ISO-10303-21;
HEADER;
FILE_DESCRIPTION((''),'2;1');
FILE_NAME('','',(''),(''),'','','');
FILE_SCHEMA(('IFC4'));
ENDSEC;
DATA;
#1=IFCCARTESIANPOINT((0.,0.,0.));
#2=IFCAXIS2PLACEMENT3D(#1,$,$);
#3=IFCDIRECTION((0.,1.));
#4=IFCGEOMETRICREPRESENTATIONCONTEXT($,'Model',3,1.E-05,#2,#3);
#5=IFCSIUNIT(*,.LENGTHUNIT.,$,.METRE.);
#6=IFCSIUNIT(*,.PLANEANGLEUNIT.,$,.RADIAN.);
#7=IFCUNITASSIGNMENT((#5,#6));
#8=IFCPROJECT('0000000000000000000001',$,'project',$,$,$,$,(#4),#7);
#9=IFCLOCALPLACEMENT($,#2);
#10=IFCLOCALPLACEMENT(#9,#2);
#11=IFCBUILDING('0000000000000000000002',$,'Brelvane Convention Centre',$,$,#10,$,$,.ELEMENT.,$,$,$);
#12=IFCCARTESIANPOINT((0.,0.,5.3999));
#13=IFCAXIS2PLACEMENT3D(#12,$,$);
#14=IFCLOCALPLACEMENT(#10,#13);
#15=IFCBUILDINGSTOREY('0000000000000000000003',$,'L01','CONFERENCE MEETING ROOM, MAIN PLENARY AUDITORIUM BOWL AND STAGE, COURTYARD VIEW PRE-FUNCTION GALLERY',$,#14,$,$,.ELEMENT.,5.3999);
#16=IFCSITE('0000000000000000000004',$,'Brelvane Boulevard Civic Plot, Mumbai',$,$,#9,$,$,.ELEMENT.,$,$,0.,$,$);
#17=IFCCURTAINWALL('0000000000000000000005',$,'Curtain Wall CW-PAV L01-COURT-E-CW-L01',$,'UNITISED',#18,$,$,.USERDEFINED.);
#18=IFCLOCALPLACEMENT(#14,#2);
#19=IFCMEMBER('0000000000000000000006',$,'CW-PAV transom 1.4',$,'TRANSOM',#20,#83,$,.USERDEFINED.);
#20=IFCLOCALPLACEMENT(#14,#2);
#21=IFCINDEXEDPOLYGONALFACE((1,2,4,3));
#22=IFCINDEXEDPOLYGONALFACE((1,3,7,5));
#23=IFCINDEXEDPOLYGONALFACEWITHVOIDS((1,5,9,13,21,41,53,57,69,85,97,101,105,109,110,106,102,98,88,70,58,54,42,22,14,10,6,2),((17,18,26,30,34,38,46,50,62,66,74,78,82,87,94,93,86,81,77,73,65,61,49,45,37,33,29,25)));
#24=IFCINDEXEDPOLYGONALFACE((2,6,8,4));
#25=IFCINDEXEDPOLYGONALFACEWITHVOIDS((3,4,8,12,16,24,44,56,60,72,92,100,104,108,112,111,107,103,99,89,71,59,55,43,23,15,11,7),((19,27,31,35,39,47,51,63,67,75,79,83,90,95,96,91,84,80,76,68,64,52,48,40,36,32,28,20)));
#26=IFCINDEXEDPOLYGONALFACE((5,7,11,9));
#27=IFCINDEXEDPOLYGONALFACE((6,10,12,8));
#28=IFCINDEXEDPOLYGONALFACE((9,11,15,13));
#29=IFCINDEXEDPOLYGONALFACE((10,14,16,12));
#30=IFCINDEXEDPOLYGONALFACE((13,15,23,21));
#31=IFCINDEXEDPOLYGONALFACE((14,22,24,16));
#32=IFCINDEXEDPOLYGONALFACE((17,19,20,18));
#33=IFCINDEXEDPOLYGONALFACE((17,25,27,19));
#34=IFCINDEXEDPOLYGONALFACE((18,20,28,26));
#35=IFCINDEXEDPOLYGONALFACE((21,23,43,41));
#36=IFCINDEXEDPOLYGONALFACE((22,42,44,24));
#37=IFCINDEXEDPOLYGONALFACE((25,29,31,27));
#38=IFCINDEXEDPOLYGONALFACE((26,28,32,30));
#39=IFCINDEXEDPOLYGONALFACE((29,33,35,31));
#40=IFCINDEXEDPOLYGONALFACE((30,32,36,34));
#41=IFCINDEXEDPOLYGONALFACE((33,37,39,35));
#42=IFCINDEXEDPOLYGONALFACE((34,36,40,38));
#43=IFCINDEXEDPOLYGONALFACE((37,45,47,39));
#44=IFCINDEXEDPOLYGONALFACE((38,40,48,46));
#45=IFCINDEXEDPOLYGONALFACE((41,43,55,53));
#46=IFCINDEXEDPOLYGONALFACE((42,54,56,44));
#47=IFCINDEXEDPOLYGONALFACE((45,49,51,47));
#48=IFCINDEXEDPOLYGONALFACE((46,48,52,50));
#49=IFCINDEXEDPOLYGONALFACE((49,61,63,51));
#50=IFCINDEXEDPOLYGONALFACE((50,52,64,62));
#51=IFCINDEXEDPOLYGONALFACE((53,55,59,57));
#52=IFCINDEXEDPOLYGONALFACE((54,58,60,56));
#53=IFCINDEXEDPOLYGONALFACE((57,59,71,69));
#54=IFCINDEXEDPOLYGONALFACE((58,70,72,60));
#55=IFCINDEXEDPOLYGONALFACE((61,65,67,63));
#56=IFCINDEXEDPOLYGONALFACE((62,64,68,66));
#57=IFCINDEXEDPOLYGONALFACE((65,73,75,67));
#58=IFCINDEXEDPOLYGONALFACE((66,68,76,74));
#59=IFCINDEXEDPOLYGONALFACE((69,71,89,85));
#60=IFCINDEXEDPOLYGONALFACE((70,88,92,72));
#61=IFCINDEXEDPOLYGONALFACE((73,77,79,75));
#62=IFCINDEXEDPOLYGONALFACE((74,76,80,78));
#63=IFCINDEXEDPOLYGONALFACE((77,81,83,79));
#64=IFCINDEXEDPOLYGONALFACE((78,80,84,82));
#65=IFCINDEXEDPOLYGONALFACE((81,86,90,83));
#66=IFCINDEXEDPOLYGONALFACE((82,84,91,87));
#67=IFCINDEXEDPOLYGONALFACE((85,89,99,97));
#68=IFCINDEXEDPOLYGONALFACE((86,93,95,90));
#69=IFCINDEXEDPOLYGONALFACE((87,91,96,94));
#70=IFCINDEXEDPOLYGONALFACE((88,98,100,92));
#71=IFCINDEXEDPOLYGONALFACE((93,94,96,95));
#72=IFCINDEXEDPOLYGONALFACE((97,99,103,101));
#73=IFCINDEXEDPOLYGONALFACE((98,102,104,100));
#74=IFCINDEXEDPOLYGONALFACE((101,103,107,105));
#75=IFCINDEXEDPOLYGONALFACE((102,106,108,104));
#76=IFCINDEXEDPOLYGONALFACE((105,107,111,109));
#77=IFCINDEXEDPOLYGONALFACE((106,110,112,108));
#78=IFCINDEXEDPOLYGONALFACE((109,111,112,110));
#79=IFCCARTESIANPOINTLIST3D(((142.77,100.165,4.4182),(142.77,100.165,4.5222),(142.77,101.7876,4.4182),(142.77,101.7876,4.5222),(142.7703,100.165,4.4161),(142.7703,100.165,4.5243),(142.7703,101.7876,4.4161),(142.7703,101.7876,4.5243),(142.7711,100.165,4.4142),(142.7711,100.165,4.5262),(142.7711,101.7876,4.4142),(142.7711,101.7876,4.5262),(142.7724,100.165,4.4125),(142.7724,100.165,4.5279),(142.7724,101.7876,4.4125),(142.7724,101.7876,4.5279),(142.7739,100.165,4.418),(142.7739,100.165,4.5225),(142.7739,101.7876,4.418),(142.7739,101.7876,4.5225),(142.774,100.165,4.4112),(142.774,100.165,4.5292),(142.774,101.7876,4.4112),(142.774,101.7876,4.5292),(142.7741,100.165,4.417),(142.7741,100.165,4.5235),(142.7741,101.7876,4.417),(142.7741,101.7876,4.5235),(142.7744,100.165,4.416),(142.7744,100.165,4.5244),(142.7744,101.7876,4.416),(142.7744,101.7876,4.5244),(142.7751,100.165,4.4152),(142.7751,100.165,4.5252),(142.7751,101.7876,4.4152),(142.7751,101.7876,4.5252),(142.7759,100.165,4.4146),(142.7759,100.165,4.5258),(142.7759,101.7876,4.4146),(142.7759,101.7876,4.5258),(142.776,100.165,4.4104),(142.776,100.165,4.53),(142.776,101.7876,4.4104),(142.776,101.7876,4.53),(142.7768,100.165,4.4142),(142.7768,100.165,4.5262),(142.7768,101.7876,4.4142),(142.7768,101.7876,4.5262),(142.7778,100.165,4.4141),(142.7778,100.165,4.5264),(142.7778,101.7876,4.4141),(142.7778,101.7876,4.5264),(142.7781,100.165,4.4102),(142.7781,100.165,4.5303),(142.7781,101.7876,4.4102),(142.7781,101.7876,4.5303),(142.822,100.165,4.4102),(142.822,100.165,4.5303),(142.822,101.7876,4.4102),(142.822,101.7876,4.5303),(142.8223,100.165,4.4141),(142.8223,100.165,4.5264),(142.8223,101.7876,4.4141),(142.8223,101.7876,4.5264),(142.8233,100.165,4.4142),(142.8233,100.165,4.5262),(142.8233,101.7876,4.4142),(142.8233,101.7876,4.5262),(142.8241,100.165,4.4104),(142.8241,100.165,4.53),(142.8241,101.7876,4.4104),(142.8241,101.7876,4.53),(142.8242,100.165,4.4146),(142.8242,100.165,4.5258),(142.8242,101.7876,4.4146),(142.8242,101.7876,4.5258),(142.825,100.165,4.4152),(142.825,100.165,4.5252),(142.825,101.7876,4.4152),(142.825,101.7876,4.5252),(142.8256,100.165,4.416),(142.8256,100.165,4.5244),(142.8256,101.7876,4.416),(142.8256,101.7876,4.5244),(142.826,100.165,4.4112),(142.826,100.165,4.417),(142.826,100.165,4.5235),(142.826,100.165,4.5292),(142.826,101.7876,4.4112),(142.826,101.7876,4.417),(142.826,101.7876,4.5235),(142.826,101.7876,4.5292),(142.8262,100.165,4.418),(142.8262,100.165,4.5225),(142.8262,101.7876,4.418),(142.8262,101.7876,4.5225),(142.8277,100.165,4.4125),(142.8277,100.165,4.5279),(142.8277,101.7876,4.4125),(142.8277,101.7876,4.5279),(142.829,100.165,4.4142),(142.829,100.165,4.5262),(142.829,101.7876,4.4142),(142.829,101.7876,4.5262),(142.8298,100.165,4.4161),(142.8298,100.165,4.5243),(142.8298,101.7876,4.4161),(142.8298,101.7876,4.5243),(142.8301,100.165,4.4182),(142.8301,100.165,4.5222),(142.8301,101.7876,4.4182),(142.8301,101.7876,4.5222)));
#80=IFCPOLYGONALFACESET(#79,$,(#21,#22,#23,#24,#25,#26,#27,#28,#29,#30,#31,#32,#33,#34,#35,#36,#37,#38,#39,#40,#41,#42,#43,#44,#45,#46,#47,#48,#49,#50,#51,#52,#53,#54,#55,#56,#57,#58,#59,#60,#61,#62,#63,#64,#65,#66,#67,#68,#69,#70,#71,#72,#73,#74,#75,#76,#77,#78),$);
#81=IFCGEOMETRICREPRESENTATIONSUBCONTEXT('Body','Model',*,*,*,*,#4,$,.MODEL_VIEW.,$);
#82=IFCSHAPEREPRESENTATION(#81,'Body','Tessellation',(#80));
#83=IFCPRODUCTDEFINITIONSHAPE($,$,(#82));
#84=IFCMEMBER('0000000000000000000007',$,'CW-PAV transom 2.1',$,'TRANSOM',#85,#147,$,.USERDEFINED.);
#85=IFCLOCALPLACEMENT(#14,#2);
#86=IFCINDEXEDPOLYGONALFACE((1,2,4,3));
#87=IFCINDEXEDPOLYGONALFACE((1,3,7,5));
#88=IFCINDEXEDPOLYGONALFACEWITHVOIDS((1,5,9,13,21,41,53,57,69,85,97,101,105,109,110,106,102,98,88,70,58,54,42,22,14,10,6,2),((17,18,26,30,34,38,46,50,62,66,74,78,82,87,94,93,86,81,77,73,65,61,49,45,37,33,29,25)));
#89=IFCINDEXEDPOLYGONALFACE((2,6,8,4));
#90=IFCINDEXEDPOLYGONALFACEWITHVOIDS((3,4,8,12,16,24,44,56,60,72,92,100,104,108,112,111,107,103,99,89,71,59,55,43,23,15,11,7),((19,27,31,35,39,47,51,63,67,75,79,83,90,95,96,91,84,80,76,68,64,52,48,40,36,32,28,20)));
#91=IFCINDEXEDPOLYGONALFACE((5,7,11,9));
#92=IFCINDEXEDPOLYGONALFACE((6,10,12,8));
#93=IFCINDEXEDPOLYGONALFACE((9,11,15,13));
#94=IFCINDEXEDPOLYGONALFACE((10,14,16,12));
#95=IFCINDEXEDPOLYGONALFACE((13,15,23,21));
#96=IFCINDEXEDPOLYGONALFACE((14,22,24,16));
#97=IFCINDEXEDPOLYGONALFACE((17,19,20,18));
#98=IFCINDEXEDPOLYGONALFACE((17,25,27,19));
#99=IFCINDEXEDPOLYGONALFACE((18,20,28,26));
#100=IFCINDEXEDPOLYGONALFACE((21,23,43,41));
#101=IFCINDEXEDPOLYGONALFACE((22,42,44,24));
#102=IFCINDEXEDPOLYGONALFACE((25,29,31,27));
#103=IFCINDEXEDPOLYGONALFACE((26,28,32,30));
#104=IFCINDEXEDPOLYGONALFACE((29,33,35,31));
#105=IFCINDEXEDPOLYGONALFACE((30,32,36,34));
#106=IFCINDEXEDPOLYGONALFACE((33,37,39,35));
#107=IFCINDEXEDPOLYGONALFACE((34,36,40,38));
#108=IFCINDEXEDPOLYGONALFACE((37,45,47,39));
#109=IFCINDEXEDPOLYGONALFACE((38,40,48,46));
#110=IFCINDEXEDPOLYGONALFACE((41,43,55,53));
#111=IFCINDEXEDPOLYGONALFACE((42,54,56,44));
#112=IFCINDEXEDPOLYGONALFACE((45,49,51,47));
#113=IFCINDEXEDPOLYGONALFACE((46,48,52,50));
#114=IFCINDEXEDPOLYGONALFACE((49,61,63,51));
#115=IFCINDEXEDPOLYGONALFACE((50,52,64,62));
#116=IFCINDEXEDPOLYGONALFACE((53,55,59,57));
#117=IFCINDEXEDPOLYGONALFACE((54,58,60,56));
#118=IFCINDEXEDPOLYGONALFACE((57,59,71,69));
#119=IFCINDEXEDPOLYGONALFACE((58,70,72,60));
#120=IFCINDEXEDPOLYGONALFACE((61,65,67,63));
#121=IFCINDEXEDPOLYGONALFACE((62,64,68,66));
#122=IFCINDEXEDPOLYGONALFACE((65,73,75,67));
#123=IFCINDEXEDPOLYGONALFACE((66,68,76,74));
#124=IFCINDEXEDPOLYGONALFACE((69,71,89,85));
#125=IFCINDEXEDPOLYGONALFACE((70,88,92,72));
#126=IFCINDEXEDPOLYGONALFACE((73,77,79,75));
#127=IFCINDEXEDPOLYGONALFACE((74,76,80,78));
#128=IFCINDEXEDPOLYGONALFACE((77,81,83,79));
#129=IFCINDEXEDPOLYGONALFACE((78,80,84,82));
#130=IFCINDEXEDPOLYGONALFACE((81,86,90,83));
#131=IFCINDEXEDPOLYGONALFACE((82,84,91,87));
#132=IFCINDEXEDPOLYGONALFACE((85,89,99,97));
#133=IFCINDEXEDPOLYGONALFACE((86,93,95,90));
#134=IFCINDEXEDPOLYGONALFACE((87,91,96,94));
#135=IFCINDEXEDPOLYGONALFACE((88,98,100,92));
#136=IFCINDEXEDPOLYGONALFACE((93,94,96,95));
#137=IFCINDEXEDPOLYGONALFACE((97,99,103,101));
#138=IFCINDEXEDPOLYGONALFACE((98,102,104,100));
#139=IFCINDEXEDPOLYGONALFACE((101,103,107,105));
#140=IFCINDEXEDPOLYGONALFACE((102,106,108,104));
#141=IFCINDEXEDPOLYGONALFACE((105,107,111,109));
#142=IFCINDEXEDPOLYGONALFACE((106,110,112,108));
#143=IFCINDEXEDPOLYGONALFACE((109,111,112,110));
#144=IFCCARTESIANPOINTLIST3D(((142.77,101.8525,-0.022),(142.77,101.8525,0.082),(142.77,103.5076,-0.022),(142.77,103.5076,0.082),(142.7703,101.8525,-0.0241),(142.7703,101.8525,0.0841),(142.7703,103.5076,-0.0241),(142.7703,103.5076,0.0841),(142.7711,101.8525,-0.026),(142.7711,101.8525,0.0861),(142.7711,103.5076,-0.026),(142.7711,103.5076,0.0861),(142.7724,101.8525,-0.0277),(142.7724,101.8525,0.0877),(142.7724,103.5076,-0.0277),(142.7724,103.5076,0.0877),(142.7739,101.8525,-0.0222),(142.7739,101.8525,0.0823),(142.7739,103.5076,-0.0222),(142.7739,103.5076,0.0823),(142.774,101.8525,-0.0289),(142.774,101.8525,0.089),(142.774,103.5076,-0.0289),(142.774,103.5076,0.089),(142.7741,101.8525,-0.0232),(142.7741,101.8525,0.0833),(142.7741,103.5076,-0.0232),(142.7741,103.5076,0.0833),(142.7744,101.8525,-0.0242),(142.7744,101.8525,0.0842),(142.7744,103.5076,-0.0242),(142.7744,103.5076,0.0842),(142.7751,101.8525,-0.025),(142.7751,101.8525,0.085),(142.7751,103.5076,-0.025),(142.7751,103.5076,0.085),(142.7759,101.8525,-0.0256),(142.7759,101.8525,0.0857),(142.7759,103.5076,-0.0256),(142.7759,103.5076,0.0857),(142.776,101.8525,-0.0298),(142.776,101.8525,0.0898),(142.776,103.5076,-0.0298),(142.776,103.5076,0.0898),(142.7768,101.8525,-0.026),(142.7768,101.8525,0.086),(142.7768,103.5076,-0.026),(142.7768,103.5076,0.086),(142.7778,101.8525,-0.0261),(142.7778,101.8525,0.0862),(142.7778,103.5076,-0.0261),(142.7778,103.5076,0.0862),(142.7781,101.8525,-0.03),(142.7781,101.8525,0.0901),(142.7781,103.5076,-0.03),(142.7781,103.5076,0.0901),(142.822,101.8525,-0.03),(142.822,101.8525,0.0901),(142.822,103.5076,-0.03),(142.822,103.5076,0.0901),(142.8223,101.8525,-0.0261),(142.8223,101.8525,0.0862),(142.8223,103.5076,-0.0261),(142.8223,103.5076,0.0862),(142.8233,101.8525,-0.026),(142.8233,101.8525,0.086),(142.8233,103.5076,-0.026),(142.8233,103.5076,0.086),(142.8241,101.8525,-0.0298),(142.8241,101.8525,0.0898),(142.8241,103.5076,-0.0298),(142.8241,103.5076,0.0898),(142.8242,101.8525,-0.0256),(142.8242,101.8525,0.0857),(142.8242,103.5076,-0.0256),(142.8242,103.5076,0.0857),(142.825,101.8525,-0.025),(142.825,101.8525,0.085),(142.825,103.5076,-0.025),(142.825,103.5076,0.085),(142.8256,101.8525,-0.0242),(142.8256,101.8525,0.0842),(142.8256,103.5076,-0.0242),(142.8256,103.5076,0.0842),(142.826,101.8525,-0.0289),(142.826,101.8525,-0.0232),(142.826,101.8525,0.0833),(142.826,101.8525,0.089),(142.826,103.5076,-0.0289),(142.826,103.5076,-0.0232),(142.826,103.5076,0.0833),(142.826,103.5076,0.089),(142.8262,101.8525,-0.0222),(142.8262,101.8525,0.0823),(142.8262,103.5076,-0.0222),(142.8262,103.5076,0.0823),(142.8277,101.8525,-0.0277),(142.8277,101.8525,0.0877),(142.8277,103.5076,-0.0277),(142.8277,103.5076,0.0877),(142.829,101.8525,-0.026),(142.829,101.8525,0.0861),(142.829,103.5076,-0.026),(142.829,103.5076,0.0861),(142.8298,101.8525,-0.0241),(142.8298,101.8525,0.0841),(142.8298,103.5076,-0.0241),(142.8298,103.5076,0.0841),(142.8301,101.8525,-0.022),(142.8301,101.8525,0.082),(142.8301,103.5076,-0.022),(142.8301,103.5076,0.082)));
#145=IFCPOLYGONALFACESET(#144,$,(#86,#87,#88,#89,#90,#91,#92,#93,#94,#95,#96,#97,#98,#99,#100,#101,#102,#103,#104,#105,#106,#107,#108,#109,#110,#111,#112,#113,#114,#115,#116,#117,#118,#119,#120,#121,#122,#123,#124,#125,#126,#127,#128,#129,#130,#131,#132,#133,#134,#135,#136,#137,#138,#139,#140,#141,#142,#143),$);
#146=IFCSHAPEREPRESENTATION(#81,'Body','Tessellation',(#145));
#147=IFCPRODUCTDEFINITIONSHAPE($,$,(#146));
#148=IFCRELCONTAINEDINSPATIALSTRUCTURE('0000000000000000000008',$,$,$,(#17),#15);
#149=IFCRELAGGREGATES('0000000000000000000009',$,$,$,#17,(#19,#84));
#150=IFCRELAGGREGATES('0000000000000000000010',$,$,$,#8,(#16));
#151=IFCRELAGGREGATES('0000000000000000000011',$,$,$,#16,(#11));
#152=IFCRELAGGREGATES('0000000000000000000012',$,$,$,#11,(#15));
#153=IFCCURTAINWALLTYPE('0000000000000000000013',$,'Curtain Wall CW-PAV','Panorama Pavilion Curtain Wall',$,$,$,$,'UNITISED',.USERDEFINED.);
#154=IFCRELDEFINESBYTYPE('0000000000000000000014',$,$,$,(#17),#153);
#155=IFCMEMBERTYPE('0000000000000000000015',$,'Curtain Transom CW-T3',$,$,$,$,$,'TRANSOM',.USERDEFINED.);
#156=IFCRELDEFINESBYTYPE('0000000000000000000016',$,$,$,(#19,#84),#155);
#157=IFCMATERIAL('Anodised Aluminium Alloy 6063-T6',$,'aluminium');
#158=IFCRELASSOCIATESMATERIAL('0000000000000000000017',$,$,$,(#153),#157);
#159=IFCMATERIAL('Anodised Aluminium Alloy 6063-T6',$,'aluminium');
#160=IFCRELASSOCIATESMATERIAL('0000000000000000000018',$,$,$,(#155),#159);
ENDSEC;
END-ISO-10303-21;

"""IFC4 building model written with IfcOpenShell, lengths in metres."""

from ifc_helpers import new_model, si_unit, direction, frame, origin, origin_2d, place, context, subcontext, project, spatial, hollow_rectangle, extrude, material, material_profile, profile_set, type_object, element, aggregate, save


model = new_model("IFC4")

# Units and contexts
model_context = context("Model", 3, precision=1e-05, world=origin(), true_north=direction((0.0, 1.0)))
body_context = subcontext(model_context, "Body", "Model", "MODEL_VIEW")
ifc_project = project(units=[si_unit("LENGTHUNIT", "METRE"), si_unit("PLANEANGLEUNIT", "RADIAN")], contexts=[model_context])

# Site, building, storey
site_placement = place(None, origin())
site = spatial("IfcSite", under=ifc_project, at=site_placement, Name="Brelvane Boulevard Civic Plot, Mumbai", CompositionType="ELEMENT", RefElevation=0.0)
building_placement = place(site_placement, origin())
building = spatial("IfcBuilding", under=site, at=building_placement, Name="Brelvane Convention Centre", CompositionType="ELEMENT")
storey_placement = place(building_placement, frame((0.0, 0.0, 5.3999)))
storey = spatial("IfcBuildingStorey", under=building, at=storey_placement, Name="L01", Description="CONFERENCE MEETING ROOM, MAIN PLENARY AUDITORIUM BOWL AND STAGE, COURTYARD VIEW PRE-FUNCTION GALLERY", CompositionType="ELEMENT", Elevation=5.3999)

# Curtain wall, members
ifc_material_1 = material(Name="Anodised Aluminium Alloy 6063-T6", Category="aluminium")
curtain_wall_type = type_object("IfcCurtainWallType", Name="Curtain Wall CW-PAV", Description="Panorama Pavilion Curtain Wall", ElementType="UNITISED", PredefinedType="USERDEFINED", material=ifc_material_1)
curtain_wall_placement = place(storey_placement, origin())
curtain_wall = element("IfcCurtainWall", 1, at=curtain_wall_placement, inside=storey, type_object=curtain_wall_type, Name="Curtain Wall CW-PAV L01-COURT-E-CW-L01", ObjectType="UNITISED", PredefinedType="USERDEFINED")
ifc_material_2 = material(Name="Anodised Aluminium Alloy 6063-T6", Category="aluminium")
ifc_material_profile_1 = material_profile(ifc_material_2, hollow_rectangle(XDim=0.0601, YDim=0.1201, WallThickness=0.0039, InnerFilletRadius=0.0039, OuterFilletRadius=0.0081, at=origin_2d()), Name="ALU-T 120x60x4.0")
ifc_profile_set_1 = profile_set([ifc_material_profile_1], Name="Anodised Aluminium Alloy 6063-T6")
member_type_1 = type_object("IfcMemberType", Name="Curtain Transom CW-T3", ElementType="TRANSOM", PredefinedType="USERDEFINED", material=ifc_profile_set_1)
member_1_placement = place(storey_placement, frame((142.8, 100.165, 4.4702), z_axis=(0.0, 1.0, 0.0), x_axis=(-1.0, 0.0, 0.0)))
member_1 = element("IfcMember", 2, at=member_1_placement, type_object=member_type_1, Name="CW-PAV transom 1.4", ObjectType="TRANSOM", PredefinedType="USERDEFINED", context=body_context, shape_type="SweptSolid", body=[
    extrude(hollow_rectangle(XDim=0.0601, YDim=0.1201, WallThickness=0.0039, InnerFilletRadius=0.0039, OuterFilletRadius=0.0081, at=origin_2d()), origin(), (0.0, 0.0, 1.0), 1.6226),
])
member_2_placement = place(storey_placement, frame((142.8, 101.8525, 0.03), z_axis=(0.0, 1.0, 0.0), x_axis=(-1.0, 0.0, 0.0)))
member_2 = element("IfcMember", 3, at=member_2_placement, type_object=member_type_1, Name="CW-PAV transom 2.1", ObjectType="TRANSOM", PredefinedType="USERDEFINED", context=body_context, shape_type="SweptSolid", body=[
    extrude(hollow_rectangle(XDim=0.0601, YDim=0.1201, WallThickness=0.0039, InnerFilletRadius=0.0039, OuterFilletRadius=0.0081, at=origin_2d()), origin(), (0.0, 0.0, 1.0), 1.655),
])

aggregate(curtain_wall, [member_1, member_2])

save(model, "model.ifc")
